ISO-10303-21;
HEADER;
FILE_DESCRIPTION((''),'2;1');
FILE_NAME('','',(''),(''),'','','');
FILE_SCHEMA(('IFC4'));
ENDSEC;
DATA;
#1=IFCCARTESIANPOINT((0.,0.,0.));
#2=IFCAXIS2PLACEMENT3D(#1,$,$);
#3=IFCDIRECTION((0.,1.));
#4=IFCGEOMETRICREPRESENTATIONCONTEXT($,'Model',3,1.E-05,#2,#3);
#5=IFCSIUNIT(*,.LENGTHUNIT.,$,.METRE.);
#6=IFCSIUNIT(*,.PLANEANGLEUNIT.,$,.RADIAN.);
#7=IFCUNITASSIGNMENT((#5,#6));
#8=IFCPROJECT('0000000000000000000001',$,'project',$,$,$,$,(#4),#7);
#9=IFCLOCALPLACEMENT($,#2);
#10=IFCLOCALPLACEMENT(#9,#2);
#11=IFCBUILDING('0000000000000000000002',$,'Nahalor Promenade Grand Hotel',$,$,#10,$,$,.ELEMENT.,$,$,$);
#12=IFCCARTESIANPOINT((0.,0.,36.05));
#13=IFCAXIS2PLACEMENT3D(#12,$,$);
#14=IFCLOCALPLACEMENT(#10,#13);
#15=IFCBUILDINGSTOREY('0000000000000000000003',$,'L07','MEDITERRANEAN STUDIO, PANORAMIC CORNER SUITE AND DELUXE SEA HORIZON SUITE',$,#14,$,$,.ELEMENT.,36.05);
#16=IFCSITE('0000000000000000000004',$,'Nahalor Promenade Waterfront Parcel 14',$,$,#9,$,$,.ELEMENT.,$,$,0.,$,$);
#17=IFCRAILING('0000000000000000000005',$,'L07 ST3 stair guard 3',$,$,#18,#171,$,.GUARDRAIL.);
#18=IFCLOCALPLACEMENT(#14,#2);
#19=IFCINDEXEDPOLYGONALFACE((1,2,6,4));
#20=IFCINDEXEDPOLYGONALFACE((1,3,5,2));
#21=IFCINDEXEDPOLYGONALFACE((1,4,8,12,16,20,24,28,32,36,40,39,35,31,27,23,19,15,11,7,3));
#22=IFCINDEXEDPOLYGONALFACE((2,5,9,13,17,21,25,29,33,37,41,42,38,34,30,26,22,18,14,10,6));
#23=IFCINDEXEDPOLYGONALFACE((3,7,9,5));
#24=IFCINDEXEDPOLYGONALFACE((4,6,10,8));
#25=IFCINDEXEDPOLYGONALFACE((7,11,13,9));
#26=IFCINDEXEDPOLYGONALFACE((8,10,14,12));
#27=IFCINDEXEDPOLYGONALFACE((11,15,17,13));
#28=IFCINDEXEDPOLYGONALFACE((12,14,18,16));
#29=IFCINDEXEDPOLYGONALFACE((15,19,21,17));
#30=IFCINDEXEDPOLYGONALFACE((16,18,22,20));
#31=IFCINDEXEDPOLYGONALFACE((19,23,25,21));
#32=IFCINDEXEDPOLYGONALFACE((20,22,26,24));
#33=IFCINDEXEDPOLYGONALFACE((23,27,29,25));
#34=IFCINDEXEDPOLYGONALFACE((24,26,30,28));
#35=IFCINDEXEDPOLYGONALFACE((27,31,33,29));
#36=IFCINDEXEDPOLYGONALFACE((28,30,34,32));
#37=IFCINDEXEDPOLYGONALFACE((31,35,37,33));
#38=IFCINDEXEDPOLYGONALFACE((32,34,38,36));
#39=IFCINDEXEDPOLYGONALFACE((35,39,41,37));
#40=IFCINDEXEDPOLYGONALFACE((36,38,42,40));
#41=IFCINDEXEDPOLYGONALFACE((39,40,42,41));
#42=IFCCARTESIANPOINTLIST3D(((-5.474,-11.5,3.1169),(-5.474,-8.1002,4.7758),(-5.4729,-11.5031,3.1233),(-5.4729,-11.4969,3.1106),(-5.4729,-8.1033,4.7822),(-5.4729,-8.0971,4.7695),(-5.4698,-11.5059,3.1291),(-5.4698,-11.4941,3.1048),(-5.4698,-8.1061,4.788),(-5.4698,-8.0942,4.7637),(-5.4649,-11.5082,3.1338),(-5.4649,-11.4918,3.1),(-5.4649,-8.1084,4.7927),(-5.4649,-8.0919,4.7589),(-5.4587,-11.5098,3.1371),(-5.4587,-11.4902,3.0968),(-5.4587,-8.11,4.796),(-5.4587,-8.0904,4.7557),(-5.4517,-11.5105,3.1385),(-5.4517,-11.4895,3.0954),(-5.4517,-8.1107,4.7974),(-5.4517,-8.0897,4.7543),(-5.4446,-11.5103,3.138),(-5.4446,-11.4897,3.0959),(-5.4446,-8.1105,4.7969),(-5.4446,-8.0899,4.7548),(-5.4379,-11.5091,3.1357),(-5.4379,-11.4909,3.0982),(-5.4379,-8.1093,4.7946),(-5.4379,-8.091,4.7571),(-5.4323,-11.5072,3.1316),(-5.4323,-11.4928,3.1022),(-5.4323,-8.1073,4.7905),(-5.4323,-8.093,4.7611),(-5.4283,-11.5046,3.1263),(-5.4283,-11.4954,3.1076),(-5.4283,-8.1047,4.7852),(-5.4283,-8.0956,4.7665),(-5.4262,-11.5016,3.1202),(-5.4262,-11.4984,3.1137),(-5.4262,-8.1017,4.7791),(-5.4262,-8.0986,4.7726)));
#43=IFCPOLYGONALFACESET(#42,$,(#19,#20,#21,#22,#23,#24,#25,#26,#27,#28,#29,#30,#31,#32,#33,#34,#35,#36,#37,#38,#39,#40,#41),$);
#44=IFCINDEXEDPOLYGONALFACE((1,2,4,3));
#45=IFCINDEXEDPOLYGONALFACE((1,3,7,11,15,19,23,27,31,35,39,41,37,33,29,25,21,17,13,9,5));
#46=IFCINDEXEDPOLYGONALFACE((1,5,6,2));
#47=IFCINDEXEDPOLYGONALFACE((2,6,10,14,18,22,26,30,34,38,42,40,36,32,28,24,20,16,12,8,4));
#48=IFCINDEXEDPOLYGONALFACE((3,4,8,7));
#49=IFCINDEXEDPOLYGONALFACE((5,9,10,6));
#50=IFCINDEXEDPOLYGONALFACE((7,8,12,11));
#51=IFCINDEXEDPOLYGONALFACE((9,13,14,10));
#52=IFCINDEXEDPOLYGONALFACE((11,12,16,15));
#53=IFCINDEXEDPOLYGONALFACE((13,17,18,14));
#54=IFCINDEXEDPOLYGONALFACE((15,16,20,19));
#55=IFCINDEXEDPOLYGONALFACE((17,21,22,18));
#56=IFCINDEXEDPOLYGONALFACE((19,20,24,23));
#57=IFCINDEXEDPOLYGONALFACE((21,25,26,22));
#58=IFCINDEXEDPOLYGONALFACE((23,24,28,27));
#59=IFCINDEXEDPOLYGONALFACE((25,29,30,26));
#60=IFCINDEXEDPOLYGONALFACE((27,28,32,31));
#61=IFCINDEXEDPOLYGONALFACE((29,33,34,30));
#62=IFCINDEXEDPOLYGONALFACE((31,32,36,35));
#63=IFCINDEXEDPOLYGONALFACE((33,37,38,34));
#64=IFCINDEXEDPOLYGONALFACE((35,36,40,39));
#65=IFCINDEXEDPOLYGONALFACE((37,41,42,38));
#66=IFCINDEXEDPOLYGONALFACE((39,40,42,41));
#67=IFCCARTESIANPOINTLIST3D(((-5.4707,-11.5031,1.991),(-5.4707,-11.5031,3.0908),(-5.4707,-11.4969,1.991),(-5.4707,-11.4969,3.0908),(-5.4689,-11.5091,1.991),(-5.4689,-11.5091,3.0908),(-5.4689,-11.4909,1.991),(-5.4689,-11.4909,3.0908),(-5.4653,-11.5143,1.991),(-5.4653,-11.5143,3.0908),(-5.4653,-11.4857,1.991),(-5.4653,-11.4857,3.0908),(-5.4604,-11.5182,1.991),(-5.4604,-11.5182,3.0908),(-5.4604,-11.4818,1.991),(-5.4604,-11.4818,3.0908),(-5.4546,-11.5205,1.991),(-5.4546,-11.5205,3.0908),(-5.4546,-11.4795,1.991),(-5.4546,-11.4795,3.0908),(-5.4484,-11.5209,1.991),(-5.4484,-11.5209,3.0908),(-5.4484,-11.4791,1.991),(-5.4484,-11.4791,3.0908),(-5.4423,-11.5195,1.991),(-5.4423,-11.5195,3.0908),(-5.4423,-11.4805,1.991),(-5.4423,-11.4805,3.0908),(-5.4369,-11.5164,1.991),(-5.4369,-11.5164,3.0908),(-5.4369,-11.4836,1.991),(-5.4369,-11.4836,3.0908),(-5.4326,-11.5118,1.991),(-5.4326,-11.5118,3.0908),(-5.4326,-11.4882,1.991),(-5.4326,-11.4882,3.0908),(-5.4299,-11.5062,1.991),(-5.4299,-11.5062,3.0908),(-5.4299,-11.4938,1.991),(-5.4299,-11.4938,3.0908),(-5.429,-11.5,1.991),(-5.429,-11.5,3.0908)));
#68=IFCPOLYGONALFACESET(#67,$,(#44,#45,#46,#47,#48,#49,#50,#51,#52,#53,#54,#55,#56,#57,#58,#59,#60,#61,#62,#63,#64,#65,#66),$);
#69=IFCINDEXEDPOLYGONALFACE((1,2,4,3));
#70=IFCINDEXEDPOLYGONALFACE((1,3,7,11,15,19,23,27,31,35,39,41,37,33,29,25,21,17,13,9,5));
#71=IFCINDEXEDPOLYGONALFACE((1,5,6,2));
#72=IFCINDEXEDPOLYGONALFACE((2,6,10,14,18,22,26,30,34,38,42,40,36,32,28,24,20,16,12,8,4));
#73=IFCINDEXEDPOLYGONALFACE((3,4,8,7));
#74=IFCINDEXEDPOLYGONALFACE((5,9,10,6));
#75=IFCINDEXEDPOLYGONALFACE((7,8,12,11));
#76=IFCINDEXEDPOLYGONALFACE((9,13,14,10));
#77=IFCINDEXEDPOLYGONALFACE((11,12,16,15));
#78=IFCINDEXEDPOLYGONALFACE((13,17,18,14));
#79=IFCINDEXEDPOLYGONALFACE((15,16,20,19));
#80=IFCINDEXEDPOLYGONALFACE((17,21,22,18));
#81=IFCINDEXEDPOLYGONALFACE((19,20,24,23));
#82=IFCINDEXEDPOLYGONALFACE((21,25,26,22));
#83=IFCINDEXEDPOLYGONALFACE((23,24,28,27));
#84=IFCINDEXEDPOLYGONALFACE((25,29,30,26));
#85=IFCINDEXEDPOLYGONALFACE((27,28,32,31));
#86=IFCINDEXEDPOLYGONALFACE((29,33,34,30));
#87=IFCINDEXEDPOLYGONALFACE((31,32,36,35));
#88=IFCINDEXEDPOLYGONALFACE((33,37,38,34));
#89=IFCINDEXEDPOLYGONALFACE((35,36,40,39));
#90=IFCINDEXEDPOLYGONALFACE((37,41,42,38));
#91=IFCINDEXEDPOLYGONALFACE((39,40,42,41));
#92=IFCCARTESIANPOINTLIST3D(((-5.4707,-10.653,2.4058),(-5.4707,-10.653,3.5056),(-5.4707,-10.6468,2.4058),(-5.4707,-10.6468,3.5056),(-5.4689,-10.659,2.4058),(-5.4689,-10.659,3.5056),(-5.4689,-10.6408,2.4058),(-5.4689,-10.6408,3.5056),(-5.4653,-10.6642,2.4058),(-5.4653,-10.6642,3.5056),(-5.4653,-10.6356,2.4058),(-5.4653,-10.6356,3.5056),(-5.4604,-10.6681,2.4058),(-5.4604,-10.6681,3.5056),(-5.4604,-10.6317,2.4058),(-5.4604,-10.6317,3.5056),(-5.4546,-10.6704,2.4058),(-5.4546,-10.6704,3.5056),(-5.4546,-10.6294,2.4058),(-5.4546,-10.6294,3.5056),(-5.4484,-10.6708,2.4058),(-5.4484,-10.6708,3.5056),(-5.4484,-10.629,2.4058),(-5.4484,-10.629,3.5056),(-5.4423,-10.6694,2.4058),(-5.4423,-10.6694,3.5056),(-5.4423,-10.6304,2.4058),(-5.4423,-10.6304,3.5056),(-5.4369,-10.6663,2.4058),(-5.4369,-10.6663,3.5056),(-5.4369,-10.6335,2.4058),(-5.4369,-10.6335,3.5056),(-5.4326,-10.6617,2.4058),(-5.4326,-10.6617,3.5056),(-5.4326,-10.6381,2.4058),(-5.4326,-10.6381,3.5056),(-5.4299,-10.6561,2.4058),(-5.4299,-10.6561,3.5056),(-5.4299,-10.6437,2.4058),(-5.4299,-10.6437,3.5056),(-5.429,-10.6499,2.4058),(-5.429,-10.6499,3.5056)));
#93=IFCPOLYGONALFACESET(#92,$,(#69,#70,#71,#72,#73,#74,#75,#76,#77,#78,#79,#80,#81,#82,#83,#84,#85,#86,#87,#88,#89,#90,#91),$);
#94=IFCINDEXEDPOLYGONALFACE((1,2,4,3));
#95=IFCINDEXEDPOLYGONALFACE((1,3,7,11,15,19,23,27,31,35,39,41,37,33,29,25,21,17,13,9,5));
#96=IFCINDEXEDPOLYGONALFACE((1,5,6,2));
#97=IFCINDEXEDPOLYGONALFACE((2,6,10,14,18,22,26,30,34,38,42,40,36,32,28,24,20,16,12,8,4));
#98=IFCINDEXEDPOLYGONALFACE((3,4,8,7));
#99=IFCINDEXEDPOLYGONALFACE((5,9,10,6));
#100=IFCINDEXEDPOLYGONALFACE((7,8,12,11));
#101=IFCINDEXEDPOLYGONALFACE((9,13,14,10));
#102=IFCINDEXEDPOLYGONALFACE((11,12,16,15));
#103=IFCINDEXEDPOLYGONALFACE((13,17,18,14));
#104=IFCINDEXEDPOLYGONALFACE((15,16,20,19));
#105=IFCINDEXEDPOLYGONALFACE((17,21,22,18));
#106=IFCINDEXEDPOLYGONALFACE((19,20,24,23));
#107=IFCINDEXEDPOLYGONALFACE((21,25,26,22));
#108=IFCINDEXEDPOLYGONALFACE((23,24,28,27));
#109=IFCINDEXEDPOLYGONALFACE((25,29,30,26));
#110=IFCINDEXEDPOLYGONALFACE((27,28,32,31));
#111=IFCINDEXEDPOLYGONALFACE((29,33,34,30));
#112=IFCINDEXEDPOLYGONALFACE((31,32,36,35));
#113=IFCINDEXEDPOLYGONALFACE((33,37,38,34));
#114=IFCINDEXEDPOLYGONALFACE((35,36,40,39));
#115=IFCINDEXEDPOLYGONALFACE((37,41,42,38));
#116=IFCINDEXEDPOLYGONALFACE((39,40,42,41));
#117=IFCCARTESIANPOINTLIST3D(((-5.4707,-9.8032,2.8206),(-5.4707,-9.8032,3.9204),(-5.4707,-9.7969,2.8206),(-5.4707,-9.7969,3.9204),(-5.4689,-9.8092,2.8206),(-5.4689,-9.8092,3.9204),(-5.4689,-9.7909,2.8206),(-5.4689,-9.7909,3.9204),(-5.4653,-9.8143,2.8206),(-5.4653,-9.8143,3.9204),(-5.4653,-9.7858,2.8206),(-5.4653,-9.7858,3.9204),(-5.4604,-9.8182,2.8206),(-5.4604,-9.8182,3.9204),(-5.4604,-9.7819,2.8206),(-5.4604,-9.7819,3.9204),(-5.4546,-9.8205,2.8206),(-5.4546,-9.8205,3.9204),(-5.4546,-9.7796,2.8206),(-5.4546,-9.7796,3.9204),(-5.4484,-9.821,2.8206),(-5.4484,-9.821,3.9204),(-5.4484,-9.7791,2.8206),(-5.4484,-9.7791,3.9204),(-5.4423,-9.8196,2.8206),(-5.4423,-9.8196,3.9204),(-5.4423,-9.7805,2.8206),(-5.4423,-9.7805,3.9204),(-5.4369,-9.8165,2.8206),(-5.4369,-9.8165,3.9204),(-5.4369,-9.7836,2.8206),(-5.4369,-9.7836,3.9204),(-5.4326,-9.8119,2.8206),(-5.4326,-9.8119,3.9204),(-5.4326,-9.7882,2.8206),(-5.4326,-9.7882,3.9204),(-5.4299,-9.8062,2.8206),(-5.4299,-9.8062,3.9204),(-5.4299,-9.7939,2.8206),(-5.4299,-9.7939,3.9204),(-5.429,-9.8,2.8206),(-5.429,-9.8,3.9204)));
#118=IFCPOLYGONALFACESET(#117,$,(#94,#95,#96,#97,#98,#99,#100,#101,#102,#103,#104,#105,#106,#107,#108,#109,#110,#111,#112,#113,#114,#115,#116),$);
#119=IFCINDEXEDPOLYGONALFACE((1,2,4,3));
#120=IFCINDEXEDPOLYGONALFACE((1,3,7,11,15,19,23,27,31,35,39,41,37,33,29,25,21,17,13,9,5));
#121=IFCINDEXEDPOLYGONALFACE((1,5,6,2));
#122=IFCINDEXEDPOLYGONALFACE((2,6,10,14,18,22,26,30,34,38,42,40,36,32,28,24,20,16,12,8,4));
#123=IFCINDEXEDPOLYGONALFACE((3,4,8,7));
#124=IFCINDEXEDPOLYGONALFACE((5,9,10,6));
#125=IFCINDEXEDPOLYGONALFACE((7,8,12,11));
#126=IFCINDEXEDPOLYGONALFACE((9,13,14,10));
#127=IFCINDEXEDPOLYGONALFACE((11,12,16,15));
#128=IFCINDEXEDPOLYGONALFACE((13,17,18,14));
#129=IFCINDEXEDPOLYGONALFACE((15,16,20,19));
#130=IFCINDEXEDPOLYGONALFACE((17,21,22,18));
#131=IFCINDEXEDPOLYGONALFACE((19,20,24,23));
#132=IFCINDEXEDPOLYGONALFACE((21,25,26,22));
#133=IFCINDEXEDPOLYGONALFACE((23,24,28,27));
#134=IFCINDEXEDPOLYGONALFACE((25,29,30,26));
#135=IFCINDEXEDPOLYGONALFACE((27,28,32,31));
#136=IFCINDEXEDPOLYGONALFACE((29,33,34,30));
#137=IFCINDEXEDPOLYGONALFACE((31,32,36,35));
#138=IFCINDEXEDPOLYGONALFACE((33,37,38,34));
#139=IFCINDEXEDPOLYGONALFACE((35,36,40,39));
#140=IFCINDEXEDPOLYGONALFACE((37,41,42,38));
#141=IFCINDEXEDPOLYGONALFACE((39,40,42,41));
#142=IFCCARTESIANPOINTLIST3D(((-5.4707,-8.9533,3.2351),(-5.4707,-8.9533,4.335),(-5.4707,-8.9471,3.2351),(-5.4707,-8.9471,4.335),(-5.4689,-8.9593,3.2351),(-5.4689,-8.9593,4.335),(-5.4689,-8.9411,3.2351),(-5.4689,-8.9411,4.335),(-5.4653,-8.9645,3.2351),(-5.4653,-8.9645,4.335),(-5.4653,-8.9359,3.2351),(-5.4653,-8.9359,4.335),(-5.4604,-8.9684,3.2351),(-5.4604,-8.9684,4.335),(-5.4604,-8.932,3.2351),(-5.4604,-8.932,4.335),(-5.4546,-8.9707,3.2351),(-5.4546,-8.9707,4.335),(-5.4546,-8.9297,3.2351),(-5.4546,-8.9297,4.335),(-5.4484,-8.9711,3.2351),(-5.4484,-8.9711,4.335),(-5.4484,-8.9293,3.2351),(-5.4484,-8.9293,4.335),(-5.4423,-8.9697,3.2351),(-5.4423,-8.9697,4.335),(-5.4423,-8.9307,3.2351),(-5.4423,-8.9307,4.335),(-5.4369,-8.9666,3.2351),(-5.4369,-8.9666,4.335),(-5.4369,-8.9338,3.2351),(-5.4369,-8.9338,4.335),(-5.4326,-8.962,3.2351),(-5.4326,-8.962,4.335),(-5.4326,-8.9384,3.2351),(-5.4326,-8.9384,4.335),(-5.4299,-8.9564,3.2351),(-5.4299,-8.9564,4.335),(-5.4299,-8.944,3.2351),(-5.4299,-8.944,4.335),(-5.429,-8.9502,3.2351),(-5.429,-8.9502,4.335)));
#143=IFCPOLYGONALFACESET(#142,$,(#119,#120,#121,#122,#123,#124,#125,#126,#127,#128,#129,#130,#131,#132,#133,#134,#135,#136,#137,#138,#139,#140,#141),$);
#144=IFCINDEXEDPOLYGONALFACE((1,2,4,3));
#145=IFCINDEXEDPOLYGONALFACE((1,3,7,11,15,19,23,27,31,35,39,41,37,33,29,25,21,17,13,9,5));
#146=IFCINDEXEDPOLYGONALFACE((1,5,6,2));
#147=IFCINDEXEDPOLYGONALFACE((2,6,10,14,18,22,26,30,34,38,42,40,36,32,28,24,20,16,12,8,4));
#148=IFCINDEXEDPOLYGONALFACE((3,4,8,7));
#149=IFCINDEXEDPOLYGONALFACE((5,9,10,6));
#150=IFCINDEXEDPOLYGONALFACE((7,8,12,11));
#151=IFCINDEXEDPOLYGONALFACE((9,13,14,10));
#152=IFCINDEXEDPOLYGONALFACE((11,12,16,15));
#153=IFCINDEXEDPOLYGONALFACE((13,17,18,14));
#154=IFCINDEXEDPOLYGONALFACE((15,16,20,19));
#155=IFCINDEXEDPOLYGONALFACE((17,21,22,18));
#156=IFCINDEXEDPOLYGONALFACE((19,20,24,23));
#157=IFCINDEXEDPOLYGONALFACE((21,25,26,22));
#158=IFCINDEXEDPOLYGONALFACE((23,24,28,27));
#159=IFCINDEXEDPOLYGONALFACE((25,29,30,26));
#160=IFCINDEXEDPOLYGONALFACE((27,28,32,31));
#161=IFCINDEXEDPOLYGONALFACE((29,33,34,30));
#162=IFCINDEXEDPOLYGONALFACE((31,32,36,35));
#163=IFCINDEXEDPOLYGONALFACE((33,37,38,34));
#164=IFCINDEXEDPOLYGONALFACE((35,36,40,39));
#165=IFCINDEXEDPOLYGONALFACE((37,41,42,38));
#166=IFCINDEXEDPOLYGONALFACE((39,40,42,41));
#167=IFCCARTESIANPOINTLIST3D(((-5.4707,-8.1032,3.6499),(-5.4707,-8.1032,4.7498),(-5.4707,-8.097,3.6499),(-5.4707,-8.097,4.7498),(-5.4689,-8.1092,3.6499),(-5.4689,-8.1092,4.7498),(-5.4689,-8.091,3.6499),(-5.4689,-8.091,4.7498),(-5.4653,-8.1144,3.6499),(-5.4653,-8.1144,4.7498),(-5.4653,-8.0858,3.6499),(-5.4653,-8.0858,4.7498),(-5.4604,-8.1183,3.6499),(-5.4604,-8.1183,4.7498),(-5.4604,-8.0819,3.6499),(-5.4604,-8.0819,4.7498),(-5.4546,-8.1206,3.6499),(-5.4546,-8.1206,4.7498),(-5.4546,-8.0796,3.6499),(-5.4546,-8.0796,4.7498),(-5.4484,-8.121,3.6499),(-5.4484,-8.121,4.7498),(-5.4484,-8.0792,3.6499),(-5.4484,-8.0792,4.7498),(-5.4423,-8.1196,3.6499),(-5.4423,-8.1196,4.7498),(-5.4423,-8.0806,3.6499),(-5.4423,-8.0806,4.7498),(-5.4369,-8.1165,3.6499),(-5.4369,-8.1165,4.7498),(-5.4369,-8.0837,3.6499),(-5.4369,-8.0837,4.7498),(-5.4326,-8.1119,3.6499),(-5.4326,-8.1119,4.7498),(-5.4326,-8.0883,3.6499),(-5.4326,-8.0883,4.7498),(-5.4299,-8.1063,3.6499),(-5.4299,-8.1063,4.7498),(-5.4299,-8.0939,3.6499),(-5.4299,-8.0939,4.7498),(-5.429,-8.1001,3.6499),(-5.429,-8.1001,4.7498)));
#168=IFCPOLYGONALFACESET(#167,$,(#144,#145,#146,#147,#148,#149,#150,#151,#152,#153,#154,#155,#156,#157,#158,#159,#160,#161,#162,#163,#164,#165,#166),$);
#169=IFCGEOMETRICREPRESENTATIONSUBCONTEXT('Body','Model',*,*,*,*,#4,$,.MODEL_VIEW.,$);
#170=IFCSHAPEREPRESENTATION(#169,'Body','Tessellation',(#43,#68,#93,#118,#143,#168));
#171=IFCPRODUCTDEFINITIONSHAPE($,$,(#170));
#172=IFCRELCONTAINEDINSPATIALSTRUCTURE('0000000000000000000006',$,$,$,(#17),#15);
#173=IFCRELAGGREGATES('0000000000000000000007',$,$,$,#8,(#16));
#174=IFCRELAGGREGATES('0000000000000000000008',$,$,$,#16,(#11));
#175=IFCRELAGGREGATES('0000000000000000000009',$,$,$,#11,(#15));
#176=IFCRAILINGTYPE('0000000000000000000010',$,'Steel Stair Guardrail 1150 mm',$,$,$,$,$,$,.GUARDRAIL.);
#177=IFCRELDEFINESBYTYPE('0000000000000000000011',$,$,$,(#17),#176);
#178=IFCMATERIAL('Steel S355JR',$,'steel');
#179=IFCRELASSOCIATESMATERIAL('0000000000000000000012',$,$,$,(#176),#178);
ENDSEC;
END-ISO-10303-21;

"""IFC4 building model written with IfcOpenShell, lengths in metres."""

from ifc_helpers import new_model, si_unit, direction, frame, origin, origin_2d, place, context, subcontext, project, spatial, circle, extrude, material, type_object, element, save


model = new_model("IFC4")

# Units and contexts
model_context = context("Model", 3, precision=1e-05, world=origin(), true_north=direction((0.0, 1.0)))
body_context = subcontext(model_context, "Body", "Model", "MODEL_VIEW")
ifc_project = project(units=[si_unit("LENGTHUNIT", "METRE"), si_unit("PLANEANGLEUNIT", "RADIAN")], contexts=[model_context])

# Site, building, storey
site_placement = place(None, origin())
site = spatial("IfcSite", under=ifc_project, at=site_placement, Name="Nahalor Promenade Waterfront Parcel 14", CompositionType="ELEMENT", RefElevation=0.0)
building_placement = place(site_placement, origin())
building = spatial("IfcBuilding", under=site, at=building_placement, Name="Nahalor Promenade Grand Hotel", CompositionType="ELEMENT")
storey_placement = place(building_placement, frame((0.0, 0.0, 36.05)))
storey = spatial("IfcBuildingStorey", under=building, at=storey_placement, Name="L07", Description="MEDITERRANEAN STUDIO, PANORAMIC CORNER SUITE AND DELUXE SEA HORIZON SUITE", CompositionType="ELEMENT", Elevation=36.05)

# Shared definitions
ifc_material_1 = material(Name="Steel S355JR", Category="steel")

# Railing
railing_type_1 = type_object("IfcRailingType", Name="Steel Stair Guardrail 1150 mm", PredefinedType="GUARDRAIL", material=ifc_material_1)
railing_1_placement = place(storey_placement, frame((-5.45, -11.5, 1.991)))
element("IfcRailing", 1, at=railing_1_placement, inside=storey, type_object=railing_type_1, Name="L07 ST3 stair guard 3", PredefinedType="GUARDRAIL", context=body_context, shape_type="SweptSolid", body=[
    extrude(circle(Radius=0.024, at=origin_2d()), frame((0.0, 0.0, 1.126), z_axis=(0.0, 0.898722, 0.438519), x_axis=(-1.0, 0.0, 0.0)), (0.0, 0.0, 1.0), 3.783),
    extrude(circle(Radius=0.021, at=origin_2d()), origin(), (0.0, 0.0, 1.0), 1.0999),
    extrude(circle(Radius=0.021, at=origin_2d()), frame((0.0, 0.8501, 0.4148)), (0.0, 0.0, 1.0), 1.0999),
    extrude(circle(Radius=0.021, at=origin_2d()), frame((0.0, 1.7, 0.8296)), (0.0, 0.0, 1.0), 1.0999),
    extrude(circle(Radius=0.021, at=origin_2d()), frame((0.0, 2.5498, 1.2441)), (0.0, 0.0, 1.0), 1.0999),
    extrude(circle(Radius=0.021, at=origin_2d()), frame((0.0, 3.3999, 1.6589)), (0.0, 0.0, 1.0), 1.0999),
])

save(model, "model.ifc")
